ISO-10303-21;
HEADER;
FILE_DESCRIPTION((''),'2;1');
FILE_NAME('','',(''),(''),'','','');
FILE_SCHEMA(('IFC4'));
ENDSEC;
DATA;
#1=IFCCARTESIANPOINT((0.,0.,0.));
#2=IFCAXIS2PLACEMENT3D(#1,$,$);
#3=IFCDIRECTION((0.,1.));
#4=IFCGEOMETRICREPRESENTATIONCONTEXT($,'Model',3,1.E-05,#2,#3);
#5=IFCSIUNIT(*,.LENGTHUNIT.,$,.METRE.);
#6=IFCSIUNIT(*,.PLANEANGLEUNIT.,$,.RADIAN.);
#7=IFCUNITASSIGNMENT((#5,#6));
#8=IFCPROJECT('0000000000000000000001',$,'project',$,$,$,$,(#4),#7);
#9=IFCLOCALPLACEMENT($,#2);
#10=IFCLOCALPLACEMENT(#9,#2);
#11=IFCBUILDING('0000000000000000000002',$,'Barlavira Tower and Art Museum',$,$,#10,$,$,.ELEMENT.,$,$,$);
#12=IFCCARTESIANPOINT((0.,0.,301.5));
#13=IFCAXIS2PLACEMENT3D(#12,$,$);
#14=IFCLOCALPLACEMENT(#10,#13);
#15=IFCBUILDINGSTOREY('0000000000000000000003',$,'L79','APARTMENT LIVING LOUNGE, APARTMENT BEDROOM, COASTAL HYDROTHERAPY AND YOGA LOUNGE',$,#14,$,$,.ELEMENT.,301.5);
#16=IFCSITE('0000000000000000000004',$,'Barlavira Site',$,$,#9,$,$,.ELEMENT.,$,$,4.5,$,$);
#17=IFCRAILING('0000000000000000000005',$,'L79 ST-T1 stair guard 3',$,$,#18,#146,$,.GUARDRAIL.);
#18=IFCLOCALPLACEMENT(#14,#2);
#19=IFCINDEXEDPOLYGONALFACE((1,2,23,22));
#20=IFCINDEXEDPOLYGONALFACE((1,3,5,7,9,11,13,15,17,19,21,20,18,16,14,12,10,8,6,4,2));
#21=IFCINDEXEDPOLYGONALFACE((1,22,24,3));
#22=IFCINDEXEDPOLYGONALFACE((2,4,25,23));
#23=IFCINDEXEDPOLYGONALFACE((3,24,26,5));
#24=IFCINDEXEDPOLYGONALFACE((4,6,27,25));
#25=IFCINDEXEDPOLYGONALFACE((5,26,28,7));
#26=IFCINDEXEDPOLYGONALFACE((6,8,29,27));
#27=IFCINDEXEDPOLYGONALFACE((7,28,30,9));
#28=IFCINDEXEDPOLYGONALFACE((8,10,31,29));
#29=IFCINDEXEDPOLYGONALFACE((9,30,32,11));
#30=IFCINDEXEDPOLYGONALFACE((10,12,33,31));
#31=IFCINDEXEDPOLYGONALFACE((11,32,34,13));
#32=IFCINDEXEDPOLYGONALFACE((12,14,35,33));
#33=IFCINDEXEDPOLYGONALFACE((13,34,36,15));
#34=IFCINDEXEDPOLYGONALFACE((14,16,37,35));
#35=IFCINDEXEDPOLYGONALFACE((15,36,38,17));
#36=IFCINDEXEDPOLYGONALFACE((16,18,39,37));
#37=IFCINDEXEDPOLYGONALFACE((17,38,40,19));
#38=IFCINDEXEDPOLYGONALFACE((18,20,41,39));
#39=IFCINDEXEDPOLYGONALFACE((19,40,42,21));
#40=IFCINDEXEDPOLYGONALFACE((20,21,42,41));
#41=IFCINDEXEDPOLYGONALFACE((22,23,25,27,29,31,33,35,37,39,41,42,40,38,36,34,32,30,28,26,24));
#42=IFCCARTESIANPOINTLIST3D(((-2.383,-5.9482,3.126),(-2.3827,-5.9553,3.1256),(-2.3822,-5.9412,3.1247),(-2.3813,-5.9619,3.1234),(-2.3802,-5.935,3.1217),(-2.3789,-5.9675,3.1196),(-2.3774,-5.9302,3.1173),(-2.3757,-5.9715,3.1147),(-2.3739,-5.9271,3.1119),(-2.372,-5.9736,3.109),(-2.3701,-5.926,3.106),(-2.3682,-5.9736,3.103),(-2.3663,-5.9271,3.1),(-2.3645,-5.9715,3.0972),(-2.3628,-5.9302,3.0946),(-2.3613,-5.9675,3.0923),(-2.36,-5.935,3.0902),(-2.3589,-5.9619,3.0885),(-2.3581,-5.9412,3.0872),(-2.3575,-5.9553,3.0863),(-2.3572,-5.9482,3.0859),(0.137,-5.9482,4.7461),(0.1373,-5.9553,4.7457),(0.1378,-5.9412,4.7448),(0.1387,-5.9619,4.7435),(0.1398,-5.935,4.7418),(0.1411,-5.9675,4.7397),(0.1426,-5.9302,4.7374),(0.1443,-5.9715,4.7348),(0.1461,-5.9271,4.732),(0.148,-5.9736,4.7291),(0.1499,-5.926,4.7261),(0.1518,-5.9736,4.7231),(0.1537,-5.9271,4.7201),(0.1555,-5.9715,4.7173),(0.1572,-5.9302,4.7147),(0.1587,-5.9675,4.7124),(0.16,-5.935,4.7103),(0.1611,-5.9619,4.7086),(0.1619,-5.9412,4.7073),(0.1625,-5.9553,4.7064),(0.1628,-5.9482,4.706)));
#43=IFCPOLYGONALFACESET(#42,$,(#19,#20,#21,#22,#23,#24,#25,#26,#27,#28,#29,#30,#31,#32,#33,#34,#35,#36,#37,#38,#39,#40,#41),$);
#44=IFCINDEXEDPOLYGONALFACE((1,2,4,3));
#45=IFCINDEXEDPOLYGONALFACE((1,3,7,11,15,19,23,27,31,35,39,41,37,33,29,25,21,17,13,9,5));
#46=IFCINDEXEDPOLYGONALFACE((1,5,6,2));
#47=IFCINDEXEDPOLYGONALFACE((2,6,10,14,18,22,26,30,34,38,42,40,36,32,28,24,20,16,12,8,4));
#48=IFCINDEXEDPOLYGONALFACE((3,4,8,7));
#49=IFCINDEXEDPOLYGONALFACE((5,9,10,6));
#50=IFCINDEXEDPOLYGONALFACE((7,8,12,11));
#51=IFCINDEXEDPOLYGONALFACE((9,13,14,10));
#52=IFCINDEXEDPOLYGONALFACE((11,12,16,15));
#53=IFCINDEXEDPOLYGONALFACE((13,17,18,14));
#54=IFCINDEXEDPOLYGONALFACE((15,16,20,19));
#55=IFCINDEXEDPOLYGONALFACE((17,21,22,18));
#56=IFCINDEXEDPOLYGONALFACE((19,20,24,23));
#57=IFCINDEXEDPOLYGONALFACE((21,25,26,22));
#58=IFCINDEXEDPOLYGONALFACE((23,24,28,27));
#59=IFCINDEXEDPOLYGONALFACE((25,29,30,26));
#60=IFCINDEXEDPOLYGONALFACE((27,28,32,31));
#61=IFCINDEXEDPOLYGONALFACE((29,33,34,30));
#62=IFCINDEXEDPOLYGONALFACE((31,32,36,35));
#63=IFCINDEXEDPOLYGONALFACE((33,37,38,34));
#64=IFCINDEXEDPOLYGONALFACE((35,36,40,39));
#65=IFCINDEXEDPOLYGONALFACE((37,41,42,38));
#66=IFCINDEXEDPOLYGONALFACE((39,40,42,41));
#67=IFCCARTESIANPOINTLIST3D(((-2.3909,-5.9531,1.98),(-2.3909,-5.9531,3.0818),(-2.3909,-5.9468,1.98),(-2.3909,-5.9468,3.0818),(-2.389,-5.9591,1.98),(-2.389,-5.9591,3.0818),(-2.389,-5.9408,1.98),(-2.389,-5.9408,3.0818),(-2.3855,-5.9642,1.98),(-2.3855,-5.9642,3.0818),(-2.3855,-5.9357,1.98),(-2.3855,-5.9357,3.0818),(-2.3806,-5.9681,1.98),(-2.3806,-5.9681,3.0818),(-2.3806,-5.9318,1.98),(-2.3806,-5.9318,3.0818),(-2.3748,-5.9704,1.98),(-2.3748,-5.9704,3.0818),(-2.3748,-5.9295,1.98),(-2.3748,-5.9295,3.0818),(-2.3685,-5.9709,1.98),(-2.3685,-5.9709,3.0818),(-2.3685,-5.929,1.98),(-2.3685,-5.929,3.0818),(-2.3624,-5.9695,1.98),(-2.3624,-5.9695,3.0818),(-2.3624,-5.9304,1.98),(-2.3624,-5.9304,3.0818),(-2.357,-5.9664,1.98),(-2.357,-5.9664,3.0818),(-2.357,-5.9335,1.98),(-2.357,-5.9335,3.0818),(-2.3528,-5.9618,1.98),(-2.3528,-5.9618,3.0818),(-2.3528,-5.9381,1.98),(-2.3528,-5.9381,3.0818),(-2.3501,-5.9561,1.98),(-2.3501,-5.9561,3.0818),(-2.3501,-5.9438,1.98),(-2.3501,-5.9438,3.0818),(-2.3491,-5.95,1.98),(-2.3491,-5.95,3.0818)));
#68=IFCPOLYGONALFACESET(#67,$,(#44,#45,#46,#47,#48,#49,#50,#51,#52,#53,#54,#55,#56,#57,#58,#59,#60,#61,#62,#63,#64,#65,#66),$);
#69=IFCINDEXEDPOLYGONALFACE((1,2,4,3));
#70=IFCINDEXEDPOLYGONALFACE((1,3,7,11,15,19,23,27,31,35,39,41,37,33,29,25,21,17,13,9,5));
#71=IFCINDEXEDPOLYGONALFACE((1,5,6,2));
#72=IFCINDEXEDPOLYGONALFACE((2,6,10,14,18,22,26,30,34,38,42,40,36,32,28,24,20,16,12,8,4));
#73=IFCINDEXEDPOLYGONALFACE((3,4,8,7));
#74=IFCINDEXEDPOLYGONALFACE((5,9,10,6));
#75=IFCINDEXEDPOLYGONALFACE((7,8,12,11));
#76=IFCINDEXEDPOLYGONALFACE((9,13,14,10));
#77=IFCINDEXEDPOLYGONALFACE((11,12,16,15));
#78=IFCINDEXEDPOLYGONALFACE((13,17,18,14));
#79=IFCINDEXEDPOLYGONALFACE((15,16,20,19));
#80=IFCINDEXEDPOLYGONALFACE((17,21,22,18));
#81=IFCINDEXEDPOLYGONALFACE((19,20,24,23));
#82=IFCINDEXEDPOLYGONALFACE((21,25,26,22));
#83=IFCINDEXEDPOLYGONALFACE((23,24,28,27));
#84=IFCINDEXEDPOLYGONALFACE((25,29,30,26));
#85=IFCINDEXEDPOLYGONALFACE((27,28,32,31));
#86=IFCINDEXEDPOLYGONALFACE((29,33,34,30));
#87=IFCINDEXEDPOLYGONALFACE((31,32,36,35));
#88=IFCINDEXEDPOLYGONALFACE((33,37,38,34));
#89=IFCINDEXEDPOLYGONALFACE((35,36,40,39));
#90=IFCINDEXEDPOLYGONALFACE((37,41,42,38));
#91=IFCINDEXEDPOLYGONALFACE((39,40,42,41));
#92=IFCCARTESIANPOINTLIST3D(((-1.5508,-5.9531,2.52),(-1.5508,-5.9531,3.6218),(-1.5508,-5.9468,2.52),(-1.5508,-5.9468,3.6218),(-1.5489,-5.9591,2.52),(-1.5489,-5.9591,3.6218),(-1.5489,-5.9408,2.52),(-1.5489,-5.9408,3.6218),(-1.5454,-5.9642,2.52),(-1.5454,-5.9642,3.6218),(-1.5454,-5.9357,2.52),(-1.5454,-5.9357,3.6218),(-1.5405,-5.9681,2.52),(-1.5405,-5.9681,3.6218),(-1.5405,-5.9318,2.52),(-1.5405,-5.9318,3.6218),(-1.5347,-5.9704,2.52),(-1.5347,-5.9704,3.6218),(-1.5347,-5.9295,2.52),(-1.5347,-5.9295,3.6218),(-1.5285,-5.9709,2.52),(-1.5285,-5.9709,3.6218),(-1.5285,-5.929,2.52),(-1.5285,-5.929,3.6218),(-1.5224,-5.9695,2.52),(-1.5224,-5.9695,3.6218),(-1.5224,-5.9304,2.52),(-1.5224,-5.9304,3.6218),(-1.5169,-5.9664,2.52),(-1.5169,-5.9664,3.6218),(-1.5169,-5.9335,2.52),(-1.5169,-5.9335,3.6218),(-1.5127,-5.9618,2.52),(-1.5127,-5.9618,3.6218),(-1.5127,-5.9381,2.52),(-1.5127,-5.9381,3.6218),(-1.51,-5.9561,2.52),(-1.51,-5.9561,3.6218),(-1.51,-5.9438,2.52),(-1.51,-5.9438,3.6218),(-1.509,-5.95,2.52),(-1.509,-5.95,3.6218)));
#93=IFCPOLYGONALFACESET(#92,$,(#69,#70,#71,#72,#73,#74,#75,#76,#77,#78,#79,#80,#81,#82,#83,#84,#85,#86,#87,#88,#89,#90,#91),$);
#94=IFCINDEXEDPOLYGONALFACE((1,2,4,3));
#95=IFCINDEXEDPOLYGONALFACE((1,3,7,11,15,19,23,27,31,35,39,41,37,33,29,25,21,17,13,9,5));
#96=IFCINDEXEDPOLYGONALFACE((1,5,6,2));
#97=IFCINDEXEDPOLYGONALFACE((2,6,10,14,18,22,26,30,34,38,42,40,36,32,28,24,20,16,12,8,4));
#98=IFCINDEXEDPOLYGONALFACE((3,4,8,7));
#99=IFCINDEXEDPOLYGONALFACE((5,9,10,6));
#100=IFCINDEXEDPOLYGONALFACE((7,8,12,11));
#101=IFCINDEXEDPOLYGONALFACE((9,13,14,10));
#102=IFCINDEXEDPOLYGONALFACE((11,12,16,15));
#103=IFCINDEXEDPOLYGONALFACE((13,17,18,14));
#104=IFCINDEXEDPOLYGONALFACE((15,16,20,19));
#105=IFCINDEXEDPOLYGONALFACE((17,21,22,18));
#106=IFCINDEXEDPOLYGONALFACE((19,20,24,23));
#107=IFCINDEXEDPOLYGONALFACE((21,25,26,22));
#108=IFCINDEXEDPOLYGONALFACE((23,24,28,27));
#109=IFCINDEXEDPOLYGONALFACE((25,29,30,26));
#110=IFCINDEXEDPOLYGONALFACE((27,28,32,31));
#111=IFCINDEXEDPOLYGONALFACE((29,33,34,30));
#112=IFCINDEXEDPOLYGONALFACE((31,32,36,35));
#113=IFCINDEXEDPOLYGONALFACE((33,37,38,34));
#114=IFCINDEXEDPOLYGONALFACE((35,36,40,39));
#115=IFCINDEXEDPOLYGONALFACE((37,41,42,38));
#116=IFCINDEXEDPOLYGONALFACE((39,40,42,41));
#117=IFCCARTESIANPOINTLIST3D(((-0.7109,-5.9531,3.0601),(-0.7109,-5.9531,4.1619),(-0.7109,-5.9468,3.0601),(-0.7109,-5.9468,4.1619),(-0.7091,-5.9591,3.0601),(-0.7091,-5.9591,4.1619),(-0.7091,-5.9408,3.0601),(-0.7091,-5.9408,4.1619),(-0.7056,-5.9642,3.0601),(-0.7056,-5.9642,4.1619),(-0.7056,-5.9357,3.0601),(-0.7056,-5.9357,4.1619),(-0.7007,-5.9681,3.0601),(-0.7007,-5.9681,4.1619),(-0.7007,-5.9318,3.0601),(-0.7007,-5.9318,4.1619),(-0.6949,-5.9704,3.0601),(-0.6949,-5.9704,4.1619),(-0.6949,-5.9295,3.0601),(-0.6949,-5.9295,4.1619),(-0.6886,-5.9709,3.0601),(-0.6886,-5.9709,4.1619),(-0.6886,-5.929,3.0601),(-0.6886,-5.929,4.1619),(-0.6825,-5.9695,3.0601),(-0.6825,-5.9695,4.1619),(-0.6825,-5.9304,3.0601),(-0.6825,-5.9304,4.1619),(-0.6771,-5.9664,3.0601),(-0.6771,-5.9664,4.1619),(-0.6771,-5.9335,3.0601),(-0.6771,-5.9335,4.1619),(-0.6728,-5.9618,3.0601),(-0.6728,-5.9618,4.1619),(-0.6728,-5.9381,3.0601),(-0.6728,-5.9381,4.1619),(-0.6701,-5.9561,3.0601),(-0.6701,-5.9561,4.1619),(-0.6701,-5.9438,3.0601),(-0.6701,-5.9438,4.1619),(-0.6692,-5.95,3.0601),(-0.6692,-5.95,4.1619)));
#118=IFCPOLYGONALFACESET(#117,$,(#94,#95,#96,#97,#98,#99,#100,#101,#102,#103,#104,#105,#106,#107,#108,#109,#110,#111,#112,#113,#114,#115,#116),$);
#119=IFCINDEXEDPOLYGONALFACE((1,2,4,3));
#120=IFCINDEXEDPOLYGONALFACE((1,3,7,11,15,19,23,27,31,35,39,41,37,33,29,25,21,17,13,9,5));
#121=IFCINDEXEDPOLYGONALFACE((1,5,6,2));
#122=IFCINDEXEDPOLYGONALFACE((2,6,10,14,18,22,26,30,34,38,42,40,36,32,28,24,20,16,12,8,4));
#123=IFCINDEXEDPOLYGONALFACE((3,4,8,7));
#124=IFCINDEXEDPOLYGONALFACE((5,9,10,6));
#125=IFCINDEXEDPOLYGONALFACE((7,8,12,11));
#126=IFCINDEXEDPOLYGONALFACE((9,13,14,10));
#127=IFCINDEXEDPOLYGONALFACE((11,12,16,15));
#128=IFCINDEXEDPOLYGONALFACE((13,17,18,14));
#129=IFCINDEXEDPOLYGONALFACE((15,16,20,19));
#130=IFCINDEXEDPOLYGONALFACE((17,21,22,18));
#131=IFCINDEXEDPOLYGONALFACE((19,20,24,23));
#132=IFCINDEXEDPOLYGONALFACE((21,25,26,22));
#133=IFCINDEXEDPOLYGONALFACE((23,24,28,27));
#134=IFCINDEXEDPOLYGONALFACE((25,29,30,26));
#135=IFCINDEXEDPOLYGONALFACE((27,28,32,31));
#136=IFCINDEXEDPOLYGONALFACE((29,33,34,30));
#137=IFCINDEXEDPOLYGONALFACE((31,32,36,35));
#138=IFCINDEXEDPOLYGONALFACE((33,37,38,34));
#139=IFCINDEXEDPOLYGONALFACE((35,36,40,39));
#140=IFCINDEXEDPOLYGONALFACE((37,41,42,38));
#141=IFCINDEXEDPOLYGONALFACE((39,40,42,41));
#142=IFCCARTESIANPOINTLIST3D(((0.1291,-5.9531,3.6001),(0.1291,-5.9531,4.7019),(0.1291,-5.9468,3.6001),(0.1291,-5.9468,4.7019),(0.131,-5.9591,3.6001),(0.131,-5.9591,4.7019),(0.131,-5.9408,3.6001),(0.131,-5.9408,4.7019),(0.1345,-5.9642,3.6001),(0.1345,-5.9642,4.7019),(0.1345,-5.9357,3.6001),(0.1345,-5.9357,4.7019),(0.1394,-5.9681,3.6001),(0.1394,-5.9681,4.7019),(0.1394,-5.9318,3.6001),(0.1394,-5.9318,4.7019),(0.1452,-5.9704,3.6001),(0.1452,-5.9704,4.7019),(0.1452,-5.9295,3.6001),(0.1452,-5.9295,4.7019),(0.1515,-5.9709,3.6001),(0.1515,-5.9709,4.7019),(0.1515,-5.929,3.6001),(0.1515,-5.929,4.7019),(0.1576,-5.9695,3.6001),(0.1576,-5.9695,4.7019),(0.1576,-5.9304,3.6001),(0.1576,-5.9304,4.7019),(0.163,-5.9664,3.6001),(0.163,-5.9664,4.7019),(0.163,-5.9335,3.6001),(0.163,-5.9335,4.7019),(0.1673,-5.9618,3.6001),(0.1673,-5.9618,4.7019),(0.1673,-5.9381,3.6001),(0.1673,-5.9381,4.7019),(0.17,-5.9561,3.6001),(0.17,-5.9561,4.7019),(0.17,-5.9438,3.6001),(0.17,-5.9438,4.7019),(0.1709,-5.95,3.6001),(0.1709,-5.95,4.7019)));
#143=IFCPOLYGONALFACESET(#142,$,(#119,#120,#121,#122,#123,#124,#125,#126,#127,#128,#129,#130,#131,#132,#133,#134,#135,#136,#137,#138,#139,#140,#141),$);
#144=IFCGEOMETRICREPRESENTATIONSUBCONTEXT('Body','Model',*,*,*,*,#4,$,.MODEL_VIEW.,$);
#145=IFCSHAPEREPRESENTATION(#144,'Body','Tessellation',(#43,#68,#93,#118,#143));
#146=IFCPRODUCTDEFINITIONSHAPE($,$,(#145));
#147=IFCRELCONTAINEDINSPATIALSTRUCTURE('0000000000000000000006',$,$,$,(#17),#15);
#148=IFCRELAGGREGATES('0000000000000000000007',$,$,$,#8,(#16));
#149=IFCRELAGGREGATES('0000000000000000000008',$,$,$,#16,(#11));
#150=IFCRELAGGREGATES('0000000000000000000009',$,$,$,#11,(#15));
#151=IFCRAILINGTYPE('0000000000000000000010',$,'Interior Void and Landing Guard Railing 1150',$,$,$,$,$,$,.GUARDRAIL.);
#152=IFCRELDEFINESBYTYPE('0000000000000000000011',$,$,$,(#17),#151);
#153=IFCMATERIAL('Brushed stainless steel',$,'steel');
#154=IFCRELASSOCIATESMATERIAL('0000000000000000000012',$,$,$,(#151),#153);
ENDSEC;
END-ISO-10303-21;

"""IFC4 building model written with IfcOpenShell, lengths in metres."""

from ifc_helpers import new_model, si_unit, direction, frame, origin, origin_2d, place, context, subcontext, project, spatial, circle, extrude, material, type_object, element, save


model = new_model("IFC4")

# Units and contexts
model_context = context("Model", 3, precision=1e-05, world=origin(), true_north=direction((0.0, 1.0)))
body_context = subcontext(model_context, "Body", "Model", "MODEL_VIEW")
ifc_project = project(units=[si_unit("LENGTHUNIT", "METRE"), si_unit("PLANEANGLEUNIT", "RADIAN")], contexts=[model_context])

# Site, building, storey
site_placement = place(None, origin())
site = spatial("IfcSite", under=ifc_project, at=site_placement, Name="Barlavira Site", CompositionType="ELEMENT", RefElevation=4.5)
building_placement = place(site_placement, origin())
building = spatial("IfcBuilding", under=site, at=building_placement, Name="Barlavira Tower and Art Museum", CompositionType="ELEMENT")
storey_placement = place(building_placement, frame((0.0, 0.0, 301.5)))
storey = spatial("IfcBuildingStorey", under=building, at=storey_placement, Name="L79", Description="APARTMENT LIVING LOUNGE, APARTMENT BEDROOM, COASTAL HYDROTHERAPY AND YOGA LOUNGE", CompositionType="ELEMENT", Elevation=301.5)

# Shared definitions
ifc_material_1 = material(Name="Brushed stainless steel", Category="steel")

# Railing
railing_type_1 = type_object("IfcRailingType", Name="Interior Void and Landing Guard Railing 1150", PredefinedType="GUARDRAIL", material=ifc_material_1)
railing_1_placement = place(storey_placement, frame((-2.3701, -5.95, 1.98)))
element("IfcRailing", 1, at=railing_1_placement, inside=storey, type_object=railing_type_1, Name="L79 ST-T1 stair guard 3", PredefinedType="GUARDRAIL", context=body_context, shape_type="SweptSolid", body=[
    extrude(circle(Radius=0.0239, at=origin_2d()), frame((0.0, 0.0, 1.126), z_axis=(0.841163, 0.0, 0.540782), x_axis=(0.0, 1.0, 0.0)), (0.0, 0.0, 1.0), 2.9958),
    extrude(circle(Radius=0.021, at=origin_2d()), origin(), (0.0, 0.0, 1.0), 1.1018),
    extrude(circle(Radius=0.021, at=origin_2d()), frame((0.8401, 0.0, 0.54)), (0.0, 0.0, 1.0), 1.1018),
    extrude(circle(Radius=0.021, at=origin_2d()), frame((1.6799, 0.0, 1.0801)), (0.0, 0.0, 1.0), 1.1018),
    extrude(circle(Radius=0.021, at=origin_2d()), frame((2.52, 0.0, 1.6201)), (0.0, 0.0, 1.0), 1.1018),
])

save(model, "model.ifc")
